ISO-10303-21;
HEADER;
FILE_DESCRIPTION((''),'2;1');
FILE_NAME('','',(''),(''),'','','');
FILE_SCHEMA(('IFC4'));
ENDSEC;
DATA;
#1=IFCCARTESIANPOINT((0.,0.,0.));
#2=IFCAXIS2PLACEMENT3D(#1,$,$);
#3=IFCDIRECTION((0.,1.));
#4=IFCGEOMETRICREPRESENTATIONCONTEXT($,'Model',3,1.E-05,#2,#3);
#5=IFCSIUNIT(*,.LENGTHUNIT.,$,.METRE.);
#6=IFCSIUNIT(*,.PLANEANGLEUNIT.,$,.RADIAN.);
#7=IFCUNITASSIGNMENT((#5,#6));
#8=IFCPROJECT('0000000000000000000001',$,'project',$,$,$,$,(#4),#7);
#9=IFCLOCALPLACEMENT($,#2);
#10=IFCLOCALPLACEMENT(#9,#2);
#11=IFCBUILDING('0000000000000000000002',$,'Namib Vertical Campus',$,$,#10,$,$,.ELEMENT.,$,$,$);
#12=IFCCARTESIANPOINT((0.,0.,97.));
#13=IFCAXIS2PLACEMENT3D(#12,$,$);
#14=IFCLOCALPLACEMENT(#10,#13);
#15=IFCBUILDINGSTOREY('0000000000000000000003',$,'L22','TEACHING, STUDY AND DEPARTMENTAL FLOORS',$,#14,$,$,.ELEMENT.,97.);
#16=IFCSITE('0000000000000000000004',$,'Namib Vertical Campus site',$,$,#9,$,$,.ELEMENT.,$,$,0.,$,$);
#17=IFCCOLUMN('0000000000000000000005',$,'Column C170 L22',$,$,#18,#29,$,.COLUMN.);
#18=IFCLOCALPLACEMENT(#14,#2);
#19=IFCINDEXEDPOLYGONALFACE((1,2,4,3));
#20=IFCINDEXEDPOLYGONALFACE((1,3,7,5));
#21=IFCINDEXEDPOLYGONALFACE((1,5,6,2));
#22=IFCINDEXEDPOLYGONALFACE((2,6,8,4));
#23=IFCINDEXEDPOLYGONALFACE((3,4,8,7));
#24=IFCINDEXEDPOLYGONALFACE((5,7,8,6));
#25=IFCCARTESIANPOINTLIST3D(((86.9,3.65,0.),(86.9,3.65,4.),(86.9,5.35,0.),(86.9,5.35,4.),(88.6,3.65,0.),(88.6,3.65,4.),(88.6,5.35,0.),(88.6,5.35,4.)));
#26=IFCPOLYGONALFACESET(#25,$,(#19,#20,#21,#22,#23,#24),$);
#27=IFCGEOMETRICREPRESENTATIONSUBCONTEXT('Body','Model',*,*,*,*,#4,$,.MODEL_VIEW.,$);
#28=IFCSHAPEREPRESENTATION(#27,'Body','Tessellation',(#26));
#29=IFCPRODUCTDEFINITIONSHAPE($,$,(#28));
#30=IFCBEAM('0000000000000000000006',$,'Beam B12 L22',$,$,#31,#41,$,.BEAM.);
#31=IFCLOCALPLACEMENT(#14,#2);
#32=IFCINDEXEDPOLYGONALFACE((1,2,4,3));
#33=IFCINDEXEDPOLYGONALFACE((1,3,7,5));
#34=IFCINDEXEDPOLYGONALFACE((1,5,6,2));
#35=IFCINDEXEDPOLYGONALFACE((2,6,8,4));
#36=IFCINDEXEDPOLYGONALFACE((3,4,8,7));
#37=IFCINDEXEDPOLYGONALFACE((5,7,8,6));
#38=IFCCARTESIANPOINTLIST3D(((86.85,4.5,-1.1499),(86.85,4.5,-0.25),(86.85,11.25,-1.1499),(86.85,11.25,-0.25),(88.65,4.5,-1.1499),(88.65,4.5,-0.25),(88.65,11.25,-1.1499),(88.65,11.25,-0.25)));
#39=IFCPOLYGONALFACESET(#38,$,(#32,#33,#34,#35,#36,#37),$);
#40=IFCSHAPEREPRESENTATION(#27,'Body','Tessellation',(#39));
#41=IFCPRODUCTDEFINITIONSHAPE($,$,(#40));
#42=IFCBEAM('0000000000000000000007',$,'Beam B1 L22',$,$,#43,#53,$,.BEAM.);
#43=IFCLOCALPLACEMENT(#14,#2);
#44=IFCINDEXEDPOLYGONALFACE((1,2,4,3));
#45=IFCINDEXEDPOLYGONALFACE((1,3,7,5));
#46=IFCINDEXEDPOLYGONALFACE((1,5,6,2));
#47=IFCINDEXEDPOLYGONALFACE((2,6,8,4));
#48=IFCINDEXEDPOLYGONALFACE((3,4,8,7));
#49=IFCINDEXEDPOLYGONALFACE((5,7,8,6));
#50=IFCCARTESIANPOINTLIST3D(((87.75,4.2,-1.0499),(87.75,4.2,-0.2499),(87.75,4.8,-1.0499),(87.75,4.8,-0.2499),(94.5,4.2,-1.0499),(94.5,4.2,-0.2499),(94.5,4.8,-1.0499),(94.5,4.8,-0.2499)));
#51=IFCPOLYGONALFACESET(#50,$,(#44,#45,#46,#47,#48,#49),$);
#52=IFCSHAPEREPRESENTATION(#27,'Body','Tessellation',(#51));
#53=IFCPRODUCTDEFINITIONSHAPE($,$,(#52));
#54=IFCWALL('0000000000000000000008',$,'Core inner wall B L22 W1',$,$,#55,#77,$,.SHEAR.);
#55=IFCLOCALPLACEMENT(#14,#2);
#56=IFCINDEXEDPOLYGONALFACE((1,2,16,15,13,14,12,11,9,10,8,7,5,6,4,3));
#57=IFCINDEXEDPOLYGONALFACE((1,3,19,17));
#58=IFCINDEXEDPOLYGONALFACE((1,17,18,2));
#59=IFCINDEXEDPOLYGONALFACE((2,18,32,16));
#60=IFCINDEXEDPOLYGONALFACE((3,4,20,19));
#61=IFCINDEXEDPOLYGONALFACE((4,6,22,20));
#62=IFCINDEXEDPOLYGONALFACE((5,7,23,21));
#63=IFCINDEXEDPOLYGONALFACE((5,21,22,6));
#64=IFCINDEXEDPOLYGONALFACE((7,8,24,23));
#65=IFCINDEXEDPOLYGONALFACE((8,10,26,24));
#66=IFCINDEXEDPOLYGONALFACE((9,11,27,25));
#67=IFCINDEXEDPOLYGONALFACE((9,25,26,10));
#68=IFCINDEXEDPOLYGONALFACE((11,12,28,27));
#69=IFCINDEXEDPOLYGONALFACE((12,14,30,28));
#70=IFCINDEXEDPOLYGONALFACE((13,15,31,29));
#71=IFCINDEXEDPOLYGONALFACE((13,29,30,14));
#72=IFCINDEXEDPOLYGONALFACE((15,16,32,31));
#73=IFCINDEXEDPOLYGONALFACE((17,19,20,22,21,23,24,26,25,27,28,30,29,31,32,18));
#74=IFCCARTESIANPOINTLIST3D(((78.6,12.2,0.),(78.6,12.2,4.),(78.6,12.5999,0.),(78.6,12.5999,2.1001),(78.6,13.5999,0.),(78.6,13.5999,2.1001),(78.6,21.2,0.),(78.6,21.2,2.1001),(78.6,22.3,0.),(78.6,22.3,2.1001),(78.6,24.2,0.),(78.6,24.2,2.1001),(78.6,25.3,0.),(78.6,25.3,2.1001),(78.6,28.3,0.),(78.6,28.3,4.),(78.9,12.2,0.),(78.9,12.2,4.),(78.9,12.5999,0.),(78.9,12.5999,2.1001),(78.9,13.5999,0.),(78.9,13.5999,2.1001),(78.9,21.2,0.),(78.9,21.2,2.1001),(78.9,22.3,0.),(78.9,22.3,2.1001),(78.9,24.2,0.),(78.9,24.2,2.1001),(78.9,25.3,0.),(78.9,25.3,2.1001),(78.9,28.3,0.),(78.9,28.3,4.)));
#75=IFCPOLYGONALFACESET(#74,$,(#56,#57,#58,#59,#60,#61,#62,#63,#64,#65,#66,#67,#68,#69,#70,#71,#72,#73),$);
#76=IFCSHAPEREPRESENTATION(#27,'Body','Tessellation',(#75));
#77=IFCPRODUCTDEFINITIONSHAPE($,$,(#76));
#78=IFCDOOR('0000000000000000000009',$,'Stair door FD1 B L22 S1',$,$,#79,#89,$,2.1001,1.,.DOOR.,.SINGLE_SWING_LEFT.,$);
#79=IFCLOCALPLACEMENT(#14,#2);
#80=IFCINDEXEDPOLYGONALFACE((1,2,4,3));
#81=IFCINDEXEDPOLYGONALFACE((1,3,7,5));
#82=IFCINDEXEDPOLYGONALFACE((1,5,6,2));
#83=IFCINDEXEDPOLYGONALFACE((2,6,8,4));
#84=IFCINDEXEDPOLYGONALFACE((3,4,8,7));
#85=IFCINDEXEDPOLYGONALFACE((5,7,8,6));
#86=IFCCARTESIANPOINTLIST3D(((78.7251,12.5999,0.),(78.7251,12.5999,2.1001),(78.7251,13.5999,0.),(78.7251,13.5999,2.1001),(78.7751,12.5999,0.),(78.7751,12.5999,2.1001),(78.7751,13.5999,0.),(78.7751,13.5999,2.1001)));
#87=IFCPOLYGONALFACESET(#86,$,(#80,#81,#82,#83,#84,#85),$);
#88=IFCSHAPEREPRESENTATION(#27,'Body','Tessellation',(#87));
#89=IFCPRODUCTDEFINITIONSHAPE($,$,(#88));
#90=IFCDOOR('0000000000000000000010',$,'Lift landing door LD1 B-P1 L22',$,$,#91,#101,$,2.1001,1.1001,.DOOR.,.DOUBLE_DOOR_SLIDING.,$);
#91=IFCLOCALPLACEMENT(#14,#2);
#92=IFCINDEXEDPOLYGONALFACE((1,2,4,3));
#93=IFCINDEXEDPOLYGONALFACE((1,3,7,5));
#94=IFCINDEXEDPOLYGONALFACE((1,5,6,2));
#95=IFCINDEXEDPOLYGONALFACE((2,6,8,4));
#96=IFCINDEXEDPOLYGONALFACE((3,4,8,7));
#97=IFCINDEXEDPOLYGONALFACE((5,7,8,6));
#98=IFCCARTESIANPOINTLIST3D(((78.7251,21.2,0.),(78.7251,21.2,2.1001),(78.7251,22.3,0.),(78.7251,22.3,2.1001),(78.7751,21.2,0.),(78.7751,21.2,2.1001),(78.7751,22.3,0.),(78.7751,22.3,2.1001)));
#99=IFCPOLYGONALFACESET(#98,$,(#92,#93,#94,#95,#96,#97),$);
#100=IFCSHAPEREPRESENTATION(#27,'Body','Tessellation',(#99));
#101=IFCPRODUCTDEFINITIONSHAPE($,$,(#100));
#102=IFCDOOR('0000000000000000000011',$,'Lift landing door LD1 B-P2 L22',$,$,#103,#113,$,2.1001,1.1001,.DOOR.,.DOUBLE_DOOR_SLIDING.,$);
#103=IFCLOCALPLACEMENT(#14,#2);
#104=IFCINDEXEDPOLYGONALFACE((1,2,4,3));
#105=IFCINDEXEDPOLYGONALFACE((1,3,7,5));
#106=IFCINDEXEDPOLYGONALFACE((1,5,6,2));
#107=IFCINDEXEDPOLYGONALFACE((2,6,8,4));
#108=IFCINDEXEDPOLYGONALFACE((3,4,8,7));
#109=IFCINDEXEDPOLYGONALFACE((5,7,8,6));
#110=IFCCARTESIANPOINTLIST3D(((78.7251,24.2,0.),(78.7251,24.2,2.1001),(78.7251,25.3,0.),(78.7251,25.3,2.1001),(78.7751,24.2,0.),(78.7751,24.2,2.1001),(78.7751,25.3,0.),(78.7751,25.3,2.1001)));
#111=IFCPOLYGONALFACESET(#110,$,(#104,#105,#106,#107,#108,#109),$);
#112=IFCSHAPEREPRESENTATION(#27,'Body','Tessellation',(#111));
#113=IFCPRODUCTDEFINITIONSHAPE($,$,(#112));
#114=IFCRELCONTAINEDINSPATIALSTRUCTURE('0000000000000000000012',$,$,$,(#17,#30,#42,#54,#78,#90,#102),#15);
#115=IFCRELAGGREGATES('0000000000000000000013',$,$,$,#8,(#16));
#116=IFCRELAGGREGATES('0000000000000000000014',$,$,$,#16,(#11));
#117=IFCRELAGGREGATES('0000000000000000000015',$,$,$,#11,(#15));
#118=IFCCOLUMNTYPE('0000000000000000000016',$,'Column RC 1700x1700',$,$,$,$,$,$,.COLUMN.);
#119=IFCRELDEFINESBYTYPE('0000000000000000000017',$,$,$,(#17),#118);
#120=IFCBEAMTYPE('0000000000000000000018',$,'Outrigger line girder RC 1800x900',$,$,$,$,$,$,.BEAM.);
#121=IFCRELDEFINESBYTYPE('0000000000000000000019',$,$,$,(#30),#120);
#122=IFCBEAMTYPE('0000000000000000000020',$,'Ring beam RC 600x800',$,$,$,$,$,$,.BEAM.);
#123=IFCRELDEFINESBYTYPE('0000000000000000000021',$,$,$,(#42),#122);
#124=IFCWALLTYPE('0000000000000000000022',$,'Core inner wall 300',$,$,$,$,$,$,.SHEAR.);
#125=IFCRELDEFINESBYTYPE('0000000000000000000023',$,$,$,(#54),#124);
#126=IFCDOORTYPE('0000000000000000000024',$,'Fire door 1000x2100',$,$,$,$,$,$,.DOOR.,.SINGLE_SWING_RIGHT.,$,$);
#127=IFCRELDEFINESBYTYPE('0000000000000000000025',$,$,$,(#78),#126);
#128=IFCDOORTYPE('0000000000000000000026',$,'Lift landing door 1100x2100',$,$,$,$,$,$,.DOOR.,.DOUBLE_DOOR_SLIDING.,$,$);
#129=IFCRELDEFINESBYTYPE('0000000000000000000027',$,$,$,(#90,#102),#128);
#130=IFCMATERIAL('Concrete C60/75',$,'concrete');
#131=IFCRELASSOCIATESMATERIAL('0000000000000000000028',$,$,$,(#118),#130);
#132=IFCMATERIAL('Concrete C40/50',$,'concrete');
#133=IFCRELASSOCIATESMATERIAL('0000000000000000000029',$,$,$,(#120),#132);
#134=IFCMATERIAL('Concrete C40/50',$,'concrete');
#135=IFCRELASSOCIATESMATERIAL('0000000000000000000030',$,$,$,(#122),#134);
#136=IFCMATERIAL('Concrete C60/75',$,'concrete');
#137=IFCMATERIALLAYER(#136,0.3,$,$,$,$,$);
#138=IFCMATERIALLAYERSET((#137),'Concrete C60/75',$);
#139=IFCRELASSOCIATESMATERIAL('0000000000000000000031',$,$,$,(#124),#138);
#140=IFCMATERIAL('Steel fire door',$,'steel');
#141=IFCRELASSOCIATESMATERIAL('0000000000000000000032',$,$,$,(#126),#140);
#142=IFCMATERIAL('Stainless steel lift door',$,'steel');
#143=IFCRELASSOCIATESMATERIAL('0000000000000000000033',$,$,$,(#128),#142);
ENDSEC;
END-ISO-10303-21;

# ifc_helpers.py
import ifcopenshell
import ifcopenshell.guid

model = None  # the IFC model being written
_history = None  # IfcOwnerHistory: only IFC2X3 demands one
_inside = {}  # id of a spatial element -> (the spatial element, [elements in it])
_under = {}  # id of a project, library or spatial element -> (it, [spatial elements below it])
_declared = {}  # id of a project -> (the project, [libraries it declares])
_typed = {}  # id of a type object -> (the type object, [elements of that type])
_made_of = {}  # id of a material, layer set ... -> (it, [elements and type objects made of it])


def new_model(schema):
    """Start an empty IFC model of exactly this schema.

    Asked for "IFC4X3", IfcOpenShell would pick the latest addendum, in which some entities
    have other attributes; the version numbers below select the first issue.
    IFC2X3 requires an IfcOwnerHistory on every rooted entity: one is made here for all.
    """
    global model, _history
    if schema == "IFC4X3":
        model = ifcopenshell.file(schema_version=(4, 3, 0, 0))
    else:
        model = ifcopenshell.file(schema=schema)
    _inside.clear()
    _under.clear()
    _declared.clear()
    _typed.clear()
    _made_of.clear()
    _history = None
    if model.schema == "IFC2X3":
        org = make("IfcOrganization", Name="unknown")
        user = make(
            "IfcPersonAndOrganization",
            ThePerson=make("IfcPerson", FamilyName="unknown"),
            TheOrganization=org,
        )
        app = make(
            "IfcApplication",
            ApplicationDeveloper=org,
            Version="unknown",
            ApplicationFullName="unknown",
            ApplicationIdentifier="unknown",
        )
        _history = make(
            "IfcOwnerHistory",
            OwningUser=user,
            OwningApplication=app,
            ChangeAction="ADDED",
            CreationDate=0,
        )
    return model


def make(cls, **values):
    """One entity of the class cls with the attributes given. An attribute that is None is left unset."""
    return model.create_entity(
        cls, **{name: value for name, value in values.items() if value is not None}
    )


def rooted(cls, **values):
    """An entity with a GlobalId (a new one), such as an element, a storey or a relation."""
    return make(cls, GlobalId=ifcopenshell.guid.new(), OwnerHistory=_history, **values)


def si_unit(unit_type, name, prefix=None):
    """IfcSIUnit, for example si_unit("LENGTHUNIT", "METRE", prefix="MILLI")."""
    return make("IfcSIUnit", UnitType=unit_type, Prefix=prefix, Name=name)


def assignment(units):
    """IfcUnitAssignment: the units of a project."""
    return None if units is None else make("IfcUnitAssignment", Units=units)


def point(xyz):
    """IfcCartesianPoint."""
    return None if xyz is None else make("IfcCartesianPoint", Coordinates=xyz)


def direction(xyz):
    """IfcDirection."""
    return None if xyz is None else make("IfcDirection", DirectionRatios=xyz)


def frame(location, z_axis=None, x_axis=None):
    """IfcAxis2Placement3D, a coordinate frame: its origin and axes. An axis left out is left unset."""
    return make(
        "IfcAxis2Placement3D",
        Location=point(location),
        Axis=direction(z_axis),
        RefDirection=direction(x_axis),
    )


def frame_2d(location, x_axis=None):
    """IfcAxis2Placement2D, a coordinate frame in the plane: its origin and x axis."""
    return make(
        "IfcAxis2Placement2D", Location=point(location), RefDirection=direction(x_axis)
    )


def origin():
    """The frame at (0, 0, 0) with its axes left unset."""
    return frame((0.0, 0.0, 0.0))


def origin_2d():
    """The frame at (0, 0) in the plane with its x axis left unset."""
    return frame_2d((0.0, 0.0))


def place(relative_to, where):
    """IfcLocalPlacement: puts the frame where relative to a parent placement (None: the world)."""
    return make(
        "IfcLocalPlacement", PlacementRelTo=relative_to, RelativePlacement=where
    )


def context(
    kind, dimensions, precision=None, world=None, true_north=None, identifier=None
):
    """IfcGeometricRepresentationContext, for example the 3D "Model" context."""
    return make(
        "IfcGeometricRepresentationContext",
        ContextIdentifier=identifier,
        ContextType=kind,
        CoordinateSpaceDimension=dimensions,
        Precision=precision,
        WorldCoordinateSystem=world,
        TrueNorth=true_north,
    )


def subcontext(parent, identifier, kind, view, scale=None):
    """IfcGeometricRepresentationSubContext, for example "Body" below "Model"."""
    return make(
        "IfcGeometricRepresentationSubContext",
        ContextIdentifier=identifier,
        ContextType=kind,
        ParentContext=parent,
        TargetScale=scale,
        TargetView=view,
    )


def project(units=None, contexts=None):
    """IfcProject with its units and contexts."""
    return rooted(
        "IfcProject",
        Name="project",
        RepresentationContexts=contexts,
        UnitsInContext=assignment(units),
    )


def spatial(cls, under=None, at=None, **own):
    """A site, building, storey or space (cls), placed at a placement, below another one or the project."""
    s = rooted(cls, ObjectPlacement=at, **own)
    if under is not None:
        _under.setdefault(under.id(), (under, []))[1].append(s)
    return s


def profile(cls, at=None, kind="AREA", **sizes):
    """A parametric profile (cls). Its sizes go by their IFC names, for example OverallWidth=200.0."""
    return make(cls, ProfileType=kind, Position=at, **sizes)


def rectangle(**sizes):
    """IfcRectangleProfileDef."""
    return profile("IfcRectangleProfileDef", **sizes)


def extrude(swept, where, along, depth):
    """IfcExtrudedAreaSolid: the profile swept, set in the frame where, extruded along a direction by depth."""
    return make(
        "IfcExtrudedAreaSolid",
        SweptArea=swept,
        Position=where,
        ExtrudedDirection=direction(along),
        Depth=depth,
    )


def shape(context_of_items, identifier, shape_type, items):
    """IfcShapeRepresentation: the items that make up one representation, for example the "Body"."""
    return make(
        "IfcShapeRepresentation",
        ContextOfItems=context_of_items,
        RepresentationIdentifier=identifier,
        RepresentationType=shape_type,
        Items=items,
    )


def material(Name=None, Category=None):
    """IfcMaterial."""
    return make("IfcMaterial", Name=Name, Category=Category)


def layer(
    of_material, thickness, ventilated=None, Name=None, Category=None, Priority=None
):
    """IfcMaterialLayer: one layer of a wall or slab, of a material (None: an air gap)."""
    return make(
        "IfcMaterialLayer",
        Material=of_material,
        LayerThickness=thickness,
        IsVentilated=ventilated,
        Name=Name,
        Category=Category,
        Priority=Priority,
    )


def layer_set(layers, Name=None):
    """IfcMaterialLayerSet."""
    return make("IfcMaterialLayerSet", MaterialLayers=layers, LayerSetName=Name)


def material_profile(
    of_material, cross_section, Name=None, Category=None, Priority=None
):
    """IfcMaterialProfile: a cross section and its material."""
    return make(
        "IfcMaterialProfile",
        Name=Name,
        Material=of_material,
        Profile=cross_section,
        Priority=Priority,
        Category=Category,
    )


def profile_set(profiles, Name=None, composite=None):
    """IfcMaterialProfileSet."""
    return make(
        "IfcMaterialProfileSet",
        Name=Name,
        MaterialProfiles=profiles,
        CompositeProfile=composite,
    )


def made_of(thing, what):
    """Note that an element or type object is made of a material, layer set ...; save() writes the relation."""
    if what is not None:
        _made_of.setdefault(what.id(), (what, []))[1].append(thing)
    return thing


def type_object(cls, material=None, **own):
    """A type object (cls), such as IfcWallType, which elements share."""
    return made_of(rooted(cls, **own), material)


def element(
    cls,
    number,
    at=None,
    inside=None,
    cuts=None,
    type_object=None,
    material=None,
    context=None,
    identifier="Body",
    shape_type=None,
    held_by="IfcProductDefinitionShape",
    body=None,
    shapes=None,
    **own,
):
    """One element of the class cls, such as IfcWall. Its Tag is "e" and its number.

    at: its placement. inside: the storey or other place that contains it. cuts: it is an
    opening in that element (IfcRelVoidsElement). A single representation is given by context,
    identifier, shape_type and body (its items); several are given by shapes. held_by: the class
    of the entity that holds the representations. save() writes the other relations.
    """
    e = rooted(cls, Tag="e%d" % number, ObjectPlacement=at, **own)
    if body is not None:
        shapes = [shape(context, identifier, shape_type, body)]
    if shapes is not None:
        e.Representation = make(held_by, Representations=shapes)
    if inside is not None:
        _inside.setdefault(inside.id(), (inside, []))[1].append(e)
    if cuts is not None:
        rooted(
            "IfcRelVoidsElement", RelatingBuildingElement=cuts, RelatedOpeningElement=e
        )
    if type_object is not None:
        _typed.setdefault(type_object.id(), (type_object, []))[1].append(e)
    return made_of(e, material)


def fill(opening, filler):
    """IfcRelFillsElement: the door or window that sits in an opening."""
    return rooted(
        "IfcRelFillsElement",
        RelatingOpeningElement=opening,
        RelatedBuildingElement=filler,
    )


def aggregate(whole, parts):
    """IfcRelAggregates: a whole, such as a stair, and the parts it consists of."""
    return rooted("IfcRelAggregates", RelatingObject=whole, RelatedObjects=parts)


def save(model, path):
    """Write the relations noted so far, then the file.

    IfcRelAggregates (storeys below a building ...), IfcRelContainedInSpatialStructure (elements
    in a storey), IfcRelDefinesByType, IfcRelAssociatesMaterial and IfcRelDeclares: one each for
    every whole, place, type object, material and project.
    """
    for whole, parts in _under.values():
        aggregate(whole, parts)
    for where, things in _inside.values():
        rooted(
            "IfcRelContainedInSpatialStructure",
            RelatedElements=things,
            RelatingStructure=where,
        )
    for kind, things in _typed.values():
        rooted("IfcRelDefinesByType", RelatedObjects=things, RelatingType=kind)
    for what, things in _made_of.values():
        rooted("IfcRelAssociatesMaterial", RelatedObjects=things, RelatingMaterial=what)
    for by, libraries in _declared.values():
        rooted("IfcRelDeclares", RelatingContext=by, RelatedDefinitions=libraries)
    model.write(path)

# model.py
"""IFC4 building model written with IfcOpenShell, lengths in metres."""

from ifc_helpers import new_model, si_unit, direction, frame, frame_2d, origin, origin_2d, place, context, subcontext, project, spatial, rectangle, extrude, material, layer, layer_set, material_profile, profile_set, type_object, element, fill, save


model = new_model("IFC4")

# Units and contexts
model_context = context("Model", 3, precision=1e-05, world=origin(), true_north=direction((0.0, 1.0)))
body_context = subcontext(model_context, "Body", "Model", "MODEL_VIEW")
ifc_project = project(units=[si_unit("LENGTHUNIT", "METRE"), si_unit("PLANEANGLEUNIT", "RADIAN")], contexts=[model_context])

# Site, building, storey
site_placement = place(None, origin())
site = spatial("IfcSite", under=ifc_project, at=site_placement, Name="Namib Vertical Campus site", CompositionType="ELEMENT", RefElevation=0.0)
building_placement = place(site_placement, origin())
building = spatial("IfcBuilding", under=site, at=building_placement, Name="Namib Vertical Campus", CompositionType="ELEMENT")
storey_placement = place(building_placement, frame((0.0, 0.0, 97.0)))
storey = spatial("IfcBuildingStorey", under=building, at=storey_placement, Name="L22", Description="TEACHING, STUDY AND DEPARTMENTAL FLOORS", CompositionType="ELEMENT", Elevation=97.0)

# Column
ifc_material_1 = material(Name="Concrete C60/75", Category="concrete")
ifc_material_profile_1 = material_profile(ifc_material_1, rectangle(XDim=1.7, YDim=1.7, at=origin_2d()))
ifc_profile_set_1 = profile_set([ifc_material_profile_1], Name="Concrete C60/75")
column_type = type_object("IfcColumnType", Name="Column RC 1700x1700", PredefinedType="COLUMN", material=ifc_profile_set_1)
column_placement = place(storey_placement, frame((87.75, 4.5, 0.0), z_axis=(0.0, 0.0, 1.0), x_axis=(1.0, 0.0, 0.0)))
element("IfcColumn", 1, at=column_placement, inside=storey, type_object=column_type, Name="Column C170 L22", PredefinedType="COLUMN", context=body_context, shape_type="SweptSolid", body=[
    extrude(rectangle(XDim=1.7, YDim=1.7, at=origin_2d()), origin(), (0.0, 0.0, 1.0), 4.0),
])

# Beams
ifc_material_2 = material(Name="Concrete C40/50", Category="concrete")
ifc_material_profile_2 = material_profile(ifc_material_2, rectangle(XDim=1.8, YDim=0.8999, at=origin_2d()))
ifc_profile_set_2 = profile_set([ifc_material_profile_2], Name="Concrete C40/50")
beam_type_1 = type_object("IfcBeamType", Name="Outrigger line girder RC 1800x900", PredefinedType="BEAM", material=ifc_profile_set_2)
beam_1_placement = place(storey_placement, frame((87.75, 4.5, -0.7), z_axis=(0.0, 1.0, 0.0), x_axis=(-1.0, 0.0, 0.0)))
element("IfcBeam", 2, at=beam_1_placement, inside=storey, type_object=beam_type_1, Name="Beam B12 L22", PredefinedType="BEAM", context=body_context, shape_type="SweptSolid", body=[
    extrude(rectangle(XDim=1.8, YDim=0.8999, at=origin_2d()), origin(), (0.0, 0.0, 1.0), 6.75),
])
ifc_material_3 = material(Name="Concrete C40/50", Category="concrete")
ifc_material_profile_3 = material_profile(ifc_material_3, rectangle(XDim=0.6001, YDim=0.8, at=origin_2d()))
ifc_profile_set_3 = profile_set([ifc_material_profile_3], Name="Concrete C40/50")
beam_type_2 = type_object("IfcBeamType", Name="Ring beam RC 600x800", PredefinedType="BEAM", material=ifc_profile_set_3)
beam_2_placement = place(storey_placement, frame((87.75, 4.5, -0.6499), z_axis=(1.0, 0.0, 0.0), x_axis=(0.0, 1.0, 0.0)))
element("IfcBeam", 3, at=beam_2_placement, inside=storey, type_object=beam_type_2, Name="Beam B1 L22", PredefinedType="BEAM", context=body_context, shape_type="SweptSolid", body=[
    extrude(rectangle(XDim=0.6001, YDim=0.8, at=origin_2d()), origin(), (0.0, 0.0, 1.0), 6.75),
])

# Wall, openings, doors
ifc_material_4 = material(Name="Concrete C60/75", Category="concrete")
ifc_layer_1 = layer(ifc_material_4, 0.3)
ifc_layer_set_1 = layer_set([ifc_layer_1], Name="Concrete C60/75")
wall_type_1 = type_object("IfcWallType", Name="Core inner wall 300", PredefinedType="SHEAR", material=ifc_layer_set_1)
wall_1_placement = place(storey_placement, frame((78.75, 12.2, 0.0), z_axis=(0.0, 0.0, 1.0), x_axis=(0.0, 1.0, 0.0)))
wall_1 = element("IfcWall", 4, at=wall_1_placement, inside=storey, type_object=wall_type_1, Name="Core inner wall B L22 W1", PredefinedType="SHEAR", context=body_context, shape_type="SweptSolid", body=[
    extrude(rectangle(XDim=16.1001, YDim=0.3, at=frame_2d((8.05, 0.0))), origin(), (0.0, 0.0, 1.0), 4.0),
])
opening_1_placement = place(wall_1_placement, frame((0.3999, 0.0, 0.0)))
opening_1 = element("IfcOpeningElement", 5, at=opening_1_placement, cuts=wall_1, PredefinedType="OPENING", context=body_context, shape_type="SweptSolid", body=[
    extrude(rectangle(XDim=1.0, YDim=2.1001, at=frame_2d((0.5, 1.05))), frame((0.0, 0.1599, 0.0), z_axis=(0.0, -1.0, 0.0), x_axis=(1.0, 0.0, 0.0)), (0.0, 0.0, 1.0), 0.3201),
])
opening_2_placement = place(wall_1_placement, frame((9.0, 0.0, 0.0)))
opening_2 = element("IfcOpeningElement", 6, at=opening_2_placement, cuts=wall_1, PredefinedType="OPENING", context=body_context, shape_type="SweptSolid", body=[
    extrude(rectangle(XDim=1.1001, YDim=2.1001, at=frame_2d((0.55, 1.05))), frame((0.0, 0.1599, 0.0), z_axis=(0.0, -1.0, 0.0), x_axis=(1.0, 0.0, 0.0)), (0.0, 0.0, 1.0), 0.3201),
])
opening_3_placement = place(wall_1_placement, frame((12.0, 0.0, 0.0)))
opening_3 = element("IfcOpeningElement", 7, at=opening_3_placement, cuts=wall_1, PredefinedType="OPENING", context=body_context, shape_type="SweptSolid", body=[
    extrude(rectangle(XDim=1.1001, YDim=2.1001, at=frame_2d((0.55, 1.05))), frame((0.0, 0.1599, 0.0), z_axis=(0.0, -1.0, 0.0), x_axis=(1.0, 0.0, 0.0)), (0.0, 0.0, 1.0), 0.3201),
])
ifc_material_5 = material(Name="Steel fire door", Category="steel")
door_type_1 = type_object("IfcDoorType", Name="Fire door 1000x2100", OperationType="SINGLE_SWING_RIGHT", PredefinedType="DOOR", material=ifc_material_5)
door_1_placement = place(opening_1_placement, origin())
door_1 = element("IfcDoor", 8, at=door_1_placement, inside=storey, type_object=door_type_1, Name="Stair door FD1 B L22 S1", OperationType="SINGLE_SWING_LEFT", OverallHeight=2.1001, OverallWidth=1.0, PredefinedType="DOOR", context=body_context, shape_type="SweptSolid", body=[
    extrude(rectangle(XDim=1.0, YDim=2.1001, at=frame_2d((0.5, 1.05))), frame((0.0, 0.0249, 0.0), z_axis=(0.0, -1.0, 0.0), x_axis=(1.0, 0.0, 0.0)), (0.0, 0.0, 1.0), 0.05),
])
fill(opening_1, door_1)
ifc_material_6 = material(Name="Stainless steel lift door", Category="steel")
door_type_2 = type_object("IfcDoorType", Name="Lift landing door 1100x2100", OperationType="DOUBLE_DOOR_SLIDING", PredefinedType="DOOR", material=ifc_material_6)
door_2_placement = place(opening_2_placement, origin())
door_2 = element("IfcDoor", 9, at=door_2_placement, inside=storey, type_object=door_type_2, Name="Lift landing door LD1 B-P1 L22", OperationType="DOUBLE_DOOR_SLIDING", OverallHeight=2.1001, OverallWidth=1.1001, PredefinedType="DOOR", context=body_context, shape_type="SweptSolid", body=[
    extrude(rectangle(XDim=1.1001, YDim=2.1001, at=frame_2d((0.55, 1.05))), frame((0.0, 0.0249, 0.0), z_axis=(0.0, -1.0, 0.0), x_axis=(1.0, 0.0, 0.0)), (0.0, 0.0, 1.0), 0.05),
])
fill(opening_2, door_2)
door_3_placement = place(opening_3_placement, origin())
door_3 = element("IfcDoor", 10, at=door_3_placement, inside=storey, type_object=door_type_2, Name="Lift landing door LD1 B-P2 L22", OperationType="DOUBLE_DOOR_SLIDING", OverallHeight=2.1001, OverallWidth=1.1001, PredefinedType="DOOR", context=body_context, shape_type="SweptSolid", body=[
    extrude(rectangle(XDim=1.1001, YDim=2.1001, at=frame_2d((0.55, 1.05))), frame((0.0, 0.0249, 0.0), z_axis=(0.0, -1.0, 0.0), x_axis=(1.0, 0.0, 0.0)), (0.0, 0.0, 1.0), 0.05),
])
fill(opening_3, door_3)

save(model, "model.ifc")
